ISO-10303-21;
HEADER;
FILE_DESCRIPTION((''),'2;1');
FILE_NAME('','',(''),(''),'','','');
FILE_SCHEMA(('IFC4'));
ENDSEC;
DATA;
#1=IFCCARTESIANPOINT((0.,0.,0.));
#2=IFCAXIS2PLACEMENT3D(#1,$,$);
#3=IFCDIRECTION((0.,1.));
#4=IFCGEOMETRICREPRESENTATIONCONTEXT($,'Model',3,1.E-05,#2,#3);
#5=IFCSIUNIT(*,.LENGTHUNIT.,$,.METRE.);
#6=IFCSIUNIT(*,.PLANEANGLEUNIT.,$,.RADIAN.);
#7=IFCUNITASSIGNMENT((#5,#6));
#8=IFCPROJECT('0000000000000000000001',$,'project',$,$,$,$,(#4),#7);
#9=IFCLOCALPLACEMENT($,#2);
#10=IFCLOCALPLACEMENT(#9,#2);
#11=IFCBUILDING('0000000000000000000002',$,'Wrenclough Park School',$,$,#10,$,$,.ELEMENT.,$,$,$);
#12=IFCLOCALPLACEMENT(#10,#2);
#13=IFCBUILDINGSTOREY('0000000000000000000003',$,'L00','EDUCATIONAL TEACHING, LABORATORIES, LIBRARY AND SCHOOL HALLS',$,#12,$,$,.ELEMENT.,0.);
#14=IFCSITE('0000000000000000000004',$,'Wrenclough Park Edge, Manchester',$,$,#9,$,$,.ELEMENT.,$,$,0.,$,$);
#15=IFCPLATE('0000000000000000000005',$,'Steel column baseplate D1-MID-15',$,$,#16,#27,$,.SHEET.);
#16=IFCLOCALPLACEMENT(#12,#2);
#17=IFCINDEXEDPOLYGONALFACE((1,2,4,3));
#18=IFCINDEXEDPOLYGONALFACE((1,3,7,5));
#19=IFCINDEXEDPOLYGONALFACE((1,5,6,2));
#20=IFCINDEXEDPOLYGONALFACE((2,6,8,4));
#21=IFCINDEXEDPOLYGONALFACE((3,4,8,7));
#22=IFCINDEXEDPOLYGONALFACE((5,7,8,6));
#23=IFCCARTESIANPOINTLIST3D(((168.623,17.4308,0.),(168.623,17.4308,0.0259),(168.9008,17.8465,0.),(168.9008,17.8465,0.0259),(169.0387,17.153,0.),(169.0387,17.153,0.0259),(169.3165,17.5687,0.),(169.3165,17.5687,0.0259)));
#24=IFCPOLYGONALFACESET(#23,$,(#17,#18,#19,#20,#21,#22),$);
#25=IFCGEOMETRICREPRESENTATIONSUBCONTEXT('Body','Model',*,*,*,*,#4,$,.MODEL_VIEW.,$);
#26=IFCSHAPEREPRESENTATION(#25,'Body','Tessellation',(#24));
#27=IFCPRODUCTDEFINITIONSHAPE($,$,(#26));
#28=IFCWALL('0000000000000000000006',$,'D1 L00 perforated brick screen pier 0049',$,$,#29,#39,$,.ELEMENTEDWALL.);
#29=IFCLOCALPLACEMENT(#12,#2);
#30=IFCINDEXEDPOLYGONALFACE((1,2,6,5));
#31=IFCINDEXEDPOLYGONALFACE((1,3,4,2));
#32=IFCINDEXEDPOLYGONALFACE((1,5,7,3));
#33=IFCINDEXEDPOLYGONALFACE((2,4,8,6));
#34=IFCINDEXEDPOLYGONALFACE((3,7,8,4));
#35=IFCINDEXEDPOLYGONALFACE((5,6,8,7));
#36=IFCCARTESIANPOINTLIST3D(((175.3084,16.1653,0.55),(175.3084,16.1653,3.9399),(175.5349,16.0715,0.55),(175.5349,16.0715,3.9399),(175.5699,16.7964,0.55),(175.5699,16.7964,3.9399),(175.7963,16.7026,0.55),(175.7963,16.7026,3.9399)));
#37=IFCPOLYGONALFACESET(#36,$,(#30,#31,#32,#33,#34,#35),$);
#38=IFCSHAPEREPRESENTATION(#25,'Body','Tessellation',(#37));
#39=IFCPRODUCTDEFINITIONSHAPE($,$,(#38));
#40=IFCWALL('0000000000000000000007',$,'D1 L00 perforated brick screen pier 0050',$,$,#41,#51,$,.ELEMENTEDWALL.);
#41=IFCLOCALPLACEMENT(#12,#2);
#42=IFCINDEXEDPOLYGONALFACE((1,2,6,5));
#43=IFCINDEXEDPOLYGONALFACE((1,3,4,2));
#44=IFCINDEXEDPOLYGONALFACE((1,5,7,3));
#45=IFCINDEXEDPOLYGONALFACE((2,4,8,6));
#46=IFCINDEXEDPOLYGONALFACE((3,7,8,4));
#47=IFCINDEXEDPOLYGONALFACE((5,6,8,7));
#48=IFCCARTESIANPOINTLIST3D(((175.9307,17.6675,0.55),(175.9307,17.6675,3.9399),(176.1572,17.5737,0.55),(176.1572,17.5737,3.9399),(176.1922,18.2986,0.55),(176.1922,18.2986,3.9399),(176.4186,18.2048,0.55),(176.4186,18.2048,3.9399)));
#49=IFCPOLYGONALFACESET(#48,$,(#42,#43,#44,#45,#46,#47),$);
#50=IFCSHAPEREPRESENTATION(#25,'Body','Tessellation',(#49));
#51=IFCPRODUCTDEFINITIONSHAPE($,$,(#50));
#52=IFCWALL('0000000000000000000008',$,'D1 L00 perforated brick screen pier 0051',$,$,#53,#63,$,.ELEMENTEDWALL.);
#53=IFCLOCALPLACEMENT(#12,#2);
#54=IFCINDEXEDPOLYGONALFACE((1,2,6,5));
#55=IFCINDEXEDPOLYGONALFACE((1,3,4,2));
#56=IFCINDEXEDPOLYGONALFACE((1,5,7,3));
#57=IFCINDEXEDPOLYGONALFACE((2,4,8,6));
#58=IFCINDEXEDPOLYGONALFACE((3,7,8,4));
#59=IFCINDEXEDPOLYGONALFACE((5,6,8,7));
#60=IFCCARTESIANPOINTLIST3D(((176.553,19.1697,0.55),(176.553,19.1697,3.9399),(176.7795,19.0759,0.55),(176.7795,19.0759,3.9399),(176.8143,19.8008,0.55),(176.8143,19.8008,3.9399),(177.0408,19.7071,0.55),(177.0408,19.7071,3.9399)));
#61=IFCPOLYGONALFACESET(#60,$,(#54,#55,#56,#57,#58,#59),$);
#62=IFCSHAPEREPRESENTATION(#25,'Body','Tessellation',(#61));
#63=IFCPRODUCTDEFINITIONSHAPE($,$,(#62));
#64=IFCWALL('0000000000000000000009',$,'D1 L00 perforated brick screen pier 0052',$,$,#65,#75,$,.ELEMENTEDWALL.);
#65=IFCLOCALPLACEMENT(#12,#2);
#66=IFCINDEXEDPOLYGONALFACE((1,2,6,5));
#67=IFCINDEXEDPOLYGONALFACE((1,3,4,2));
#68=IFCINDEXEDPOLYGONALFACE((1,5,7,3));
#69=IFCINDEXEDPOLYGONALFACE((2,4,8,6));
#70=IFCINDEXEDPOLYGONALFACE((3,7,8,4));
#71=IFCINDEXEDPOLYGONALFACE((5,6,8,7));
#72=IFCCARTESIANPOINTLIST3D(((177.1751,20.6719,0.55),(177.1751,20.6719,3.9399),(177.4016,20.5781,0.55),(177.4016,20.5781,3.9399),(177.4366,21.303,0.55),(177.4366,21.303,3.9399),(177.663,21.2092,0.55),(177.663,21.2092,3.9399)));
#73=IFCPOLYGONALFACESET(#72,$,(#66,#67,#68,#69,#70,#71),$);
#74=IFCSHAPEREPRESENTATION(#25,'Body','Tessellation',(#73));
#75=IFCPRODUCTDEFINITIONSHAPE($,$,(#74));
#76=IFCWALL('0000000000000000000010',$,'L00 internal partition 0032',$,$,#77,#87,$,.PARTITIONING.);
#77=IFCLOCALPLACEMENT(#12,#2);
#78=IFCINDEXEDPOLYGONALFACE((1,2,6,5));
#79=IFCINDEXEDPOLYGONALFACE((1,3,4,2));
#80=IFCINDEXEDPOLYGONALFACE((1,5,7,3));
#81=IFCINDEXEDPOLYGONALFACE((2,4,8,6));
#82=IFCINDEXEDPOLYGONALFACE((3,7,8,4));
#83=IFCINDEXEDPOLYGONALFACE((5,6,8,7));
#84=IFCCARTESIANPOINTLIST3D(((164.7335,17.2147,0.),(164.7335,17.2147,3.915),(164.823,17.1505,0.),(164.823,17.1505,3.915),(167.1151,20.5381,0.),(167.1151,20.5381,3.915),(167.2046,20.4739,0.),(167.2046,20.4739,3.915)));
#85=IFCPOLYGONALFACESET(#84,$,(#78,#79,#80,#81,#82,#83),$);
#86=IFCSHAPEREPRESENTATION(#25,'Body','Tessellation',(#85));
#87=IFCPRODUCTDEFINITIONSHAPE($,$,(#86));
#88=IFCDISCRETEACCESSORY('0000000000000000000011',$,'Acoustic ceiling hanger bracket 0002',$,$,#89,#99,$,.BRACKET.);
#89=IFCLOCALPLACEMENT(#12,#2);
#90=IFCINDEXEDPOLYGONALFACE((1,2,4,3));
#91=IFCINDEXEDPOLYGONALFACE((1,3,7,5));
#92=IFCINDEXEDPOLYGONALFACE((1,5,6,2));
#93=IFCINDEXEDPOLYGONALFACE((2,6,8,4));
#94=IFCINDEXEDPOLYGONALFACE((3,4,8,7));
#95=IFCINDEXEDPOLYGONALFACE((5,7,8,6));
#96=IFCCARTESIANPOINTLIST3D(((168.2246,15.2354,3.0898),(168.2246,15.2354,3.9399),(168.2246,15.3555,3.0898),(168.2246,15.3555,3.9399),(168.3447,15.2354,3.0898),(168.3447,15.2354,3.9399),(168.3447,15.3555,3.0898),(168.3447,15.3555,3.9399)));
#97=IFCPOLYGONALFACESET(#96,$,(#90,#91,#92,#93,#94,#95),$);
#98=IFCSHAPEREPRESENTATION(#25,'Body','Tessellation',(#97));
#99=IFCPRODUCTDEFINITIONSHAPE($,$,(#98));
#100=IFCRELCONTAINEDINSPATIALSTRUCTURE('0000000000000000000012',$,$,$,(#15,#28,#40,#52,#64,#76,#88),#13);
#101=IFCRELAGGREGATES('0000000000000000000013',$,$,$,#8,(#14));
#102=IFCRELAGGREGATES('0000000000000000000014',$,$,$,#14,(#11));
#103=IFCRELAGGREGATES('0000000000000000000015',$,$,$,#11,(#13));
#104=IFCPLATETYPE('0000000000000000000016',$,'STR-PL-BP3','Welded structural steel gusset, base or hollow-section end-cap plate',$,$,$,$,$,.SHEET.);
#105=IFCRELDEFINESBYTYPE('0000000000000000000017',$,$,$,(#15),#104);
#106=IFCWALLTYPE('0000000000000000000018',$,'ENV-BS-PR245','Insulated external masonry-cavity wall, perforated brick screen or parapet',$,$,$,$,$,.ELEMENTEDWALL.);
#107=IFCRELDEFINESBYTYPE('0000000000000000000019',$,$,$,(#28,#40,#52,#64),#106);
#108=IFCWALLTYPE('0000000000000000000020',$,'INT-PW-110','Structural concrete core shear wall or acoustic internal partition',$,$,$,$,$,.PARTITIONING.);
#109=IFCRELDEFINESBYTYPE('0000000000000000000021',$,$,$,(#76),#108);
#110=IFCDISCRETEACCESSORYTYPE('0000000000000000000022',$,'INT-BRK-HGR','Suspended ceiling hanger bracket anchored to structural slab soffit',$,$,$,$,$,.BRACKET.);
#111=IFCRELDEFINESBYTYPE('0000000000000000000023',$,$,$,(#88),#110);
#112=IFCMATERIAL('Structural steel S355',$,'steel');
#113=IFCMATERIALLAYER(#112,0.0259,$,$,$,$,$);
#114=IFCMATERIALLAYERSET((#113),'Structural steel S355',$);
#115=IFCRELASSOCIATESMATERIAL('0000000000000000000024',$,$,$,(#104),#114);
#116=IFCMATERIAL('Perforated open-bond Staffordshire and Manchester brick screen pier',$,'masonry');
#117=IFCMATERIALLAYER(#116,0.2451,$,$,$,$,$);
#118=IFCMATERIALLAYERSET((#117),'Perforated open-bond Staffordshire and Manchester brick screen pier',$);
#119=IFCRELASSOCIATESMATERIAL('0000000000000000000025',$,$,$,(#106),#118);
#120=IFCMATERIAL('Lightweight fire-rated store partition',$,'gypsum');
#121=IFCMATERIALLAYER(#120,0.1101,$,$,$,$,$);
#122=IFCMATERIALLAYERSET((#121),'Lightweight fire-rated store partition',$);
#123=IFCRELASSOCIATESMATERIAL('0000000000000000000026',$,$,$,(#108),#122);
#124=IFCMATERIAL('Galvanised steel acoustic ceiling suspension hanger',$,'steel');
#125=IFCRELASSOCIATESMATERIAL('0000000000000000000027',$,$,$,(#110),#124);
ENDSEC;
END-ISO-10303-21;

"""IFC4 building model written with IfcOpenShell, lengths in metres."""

from ifc_helpers import new_model, si_unit, direction, frame, frame_2d, origin, origin_2d, place, context, subcontext, project, spatial, rectangle, extrude, material, layer, layer_set, type_object, element, save


model = new_model("IFC4")

# Units and contexts
model_context = context("Model", 3, precision=1e-05, world=origin(), true_north=direction((0.0, 1.0)))
body_context = subcontext(model_context, "Body", "Model", "MODEL_VIEW")
ifc_project = project(units=[si_unit("LENGTHUNIT", "METRE"), si_unit("PLANEANGLEUNIT", "RADIAN")], contexts=[model_context])

# Site, building, storey
site_placement = place(None, origin())
site = spatial("IfcSite", under=ifc_project, at=site_placement, Name="Wrenclough Park Edge, Manchester", CompositionType="ELEMENT", RefElevation=0.0)
building_placement = place(site_placement, origin())
building = spatial("IfcBuilding", under=site, at=building_placement, Name="Wrenclough Park School", CompositionType="ELEMENT")
storey_placement = place(building_placement, origin())
storey = spatial("IfcBuildingStorey", under=building, at=storey_placement, Name="L00", Description="EDUCATIONAL TEACHING, LABORATORIES, LIBRARY AND SCHOOL HALLS", CompositionType="ELEMENT", Elevation=0.0)

# Shared definitions
ifc_material_1 = material(Name="Structural steel S355", Category="steel")

# Plate
ifc_layer_1 = layer(ifc_material_1, 0.0259)
ifc_layer_set_1 = layer_set([ifc_layer_1], Name="Structural steel S355")
plate_type_1 = type_object("IfcPlateType", Name="STR-PL-BP3", Description="Welded structural steel gusset, base or hollow-section end-cap plate", PredefinedType="SHEET", material=ifc_layer_set_1)
plate_1_placement = place(storey_placement, frame((168.9697, 17.4998, 0.0), z_axis=(0.0, 0.0, 1.0), x_axis=(0.55557, 0.83147, 0.0)))
element("IfcPlate", 1, at=plate_1_placement, inside=storey, type_object=plate_type_1, Name="Steel column baseplate D1-MID-15", PredefinedType="SHEET", context=body_context, shape_type="SweptSolid", body=[
    extrude(rectangle(XDim=0.5, YDim=0.5, at=origin_2d()), origin(), (0.0, 0.0, 1.0), 0.0259),
])

# Walls
ifc_material_2 = material(Name="Perforated open-bond Staffordshire and Manchester brick screen pier", Category="masonry")
ifc_layer_2 = layer(ifc_material_2, 0.2451)
ifc_layer_set_2 = layer_set([ifc_layer_2], Name="Perforated open-bond Staffordshire and Manchester brick screen pier")
wall_type_1 = type_object("IfcWallType", Name="ENV-BS-PR245", Description="Insulated external masonry-cavity wall, perforated brick screen or parapet", PredefinedType="ELEMENTEDWALL", material=ifc_layer_set_2)
for number, where, z_axis, x_axis, name in (
    (2, (175.4216, 16.1184, 0.55), (0.0, 0.0, 1.0), (0.382762, 0.923847, 0.0), "D1 L00 perforated brick screen pier 0049"),
    (3, (176.0439, 17.6206, 0.55), (0.0, 0.0, 1.0), (0.382762, 0.923847, 0.0), "D1 L00 perforated brick screen pier 0050"),
    (4, (176.6663, 19.1228, 0.55), (0.0, 0.0, 1.0), (0.382457, 0.923973, 0.0), "D1 L00 perforated brick screen pier 0051"),
    (5, (177.2883, 20.625, 0.55), (0.0, 0.0, 1.0), (0.382762, 0.923847, 0.0), "D1 L00 perforated brick screen pier 0052"),
):
    element("IfcWall", number, at=place(storey_placement, frame(where, z_axis=z_axis, x_axis=x_axis)), inside=storey, type_object=wall_type_1, Name=name, PredefinedType="ELEMENTEDWALL", context=body_context, shape_type="SweptSolid", body=[
        extrude(rectangle(XDim=0.6831, YDim=0.2451, at=frame_2d((0.3416, 0.0))), origin(), (0.0, 0.0, 1.0), 3.3899),
    ])
ifc_material_3 = material(Name="Lightweight fire-rated store partition", Category="gypsum")
ifc_layer_3 = layer(ifc_material_3, 0.1101)
ifc_layer_set_3 = layer_set([ifc_layer_3], Name="Lightweight fire-rated store partition")
wall_type_2 = type_object("IfcWallType", Name="INT-PW-110", Description="Structural concrete core shear wall or acoustic internal partition", PredefinedType="PARTITIONING", material=ifc_layer_set_3)
wall_placement = place(storey_placement, frame((167.1599, 20.5061, 0.0), z_axis=(0.0, 0.0, 1.0), x_axis=(-0.58248, -0.812845, 0.0)))
element("IfcWall", 6, at=wall_placement, inside=storey, type_object=wall_type_2, Name="L00 internal partition 0032", PredefinedType="PARTITIONING", context=body_context, shape_type="SweptSolid", body=[
    extrude(rectangle(XDim=4.0886, YDim=0.1101, at=frame_2d((2.0444, 0.0))), origin(), (0.0, 0.0, 1.0), 3.915),
])

# Discrete accessory
ifc_material_4 = material(Name="Galvanised steel acoustic ceiling suspension hanger", Category="steel")
discrete_accessory_type = type_object("IfcDiscreteAccessoryType", Name="INT-BRK-HGR", Description="Suspended ceiling hanger bracket anchored to structural slab soffit", PredefinedType="BRACKET", material=ifc_material_4)
discrete_accessory_placement = place(storey_placement, frame((168.2847, 15.2954, 3.0898), z_axis=(0.0, 0.0, 1.0), x_axis=(1.0, 0.0, 0.0)))
element("IfcDiscreteAccessory", 7, at=discrete_accessory_placement, inside=storey, type_object=discrete_accessory_type, Name="Acoustic ceiling hanger bracket 0002", PredefinedType="BRACKET", context=body_context, shape_type="SweptSolid", body=[
    extrude(rectangle(XDim=0.1201, YDim=0.1201, at=origin_2d()), origin(), (0.0, 0.0, 1.0), 0.8501),
])

save(model, "model.ifc")
